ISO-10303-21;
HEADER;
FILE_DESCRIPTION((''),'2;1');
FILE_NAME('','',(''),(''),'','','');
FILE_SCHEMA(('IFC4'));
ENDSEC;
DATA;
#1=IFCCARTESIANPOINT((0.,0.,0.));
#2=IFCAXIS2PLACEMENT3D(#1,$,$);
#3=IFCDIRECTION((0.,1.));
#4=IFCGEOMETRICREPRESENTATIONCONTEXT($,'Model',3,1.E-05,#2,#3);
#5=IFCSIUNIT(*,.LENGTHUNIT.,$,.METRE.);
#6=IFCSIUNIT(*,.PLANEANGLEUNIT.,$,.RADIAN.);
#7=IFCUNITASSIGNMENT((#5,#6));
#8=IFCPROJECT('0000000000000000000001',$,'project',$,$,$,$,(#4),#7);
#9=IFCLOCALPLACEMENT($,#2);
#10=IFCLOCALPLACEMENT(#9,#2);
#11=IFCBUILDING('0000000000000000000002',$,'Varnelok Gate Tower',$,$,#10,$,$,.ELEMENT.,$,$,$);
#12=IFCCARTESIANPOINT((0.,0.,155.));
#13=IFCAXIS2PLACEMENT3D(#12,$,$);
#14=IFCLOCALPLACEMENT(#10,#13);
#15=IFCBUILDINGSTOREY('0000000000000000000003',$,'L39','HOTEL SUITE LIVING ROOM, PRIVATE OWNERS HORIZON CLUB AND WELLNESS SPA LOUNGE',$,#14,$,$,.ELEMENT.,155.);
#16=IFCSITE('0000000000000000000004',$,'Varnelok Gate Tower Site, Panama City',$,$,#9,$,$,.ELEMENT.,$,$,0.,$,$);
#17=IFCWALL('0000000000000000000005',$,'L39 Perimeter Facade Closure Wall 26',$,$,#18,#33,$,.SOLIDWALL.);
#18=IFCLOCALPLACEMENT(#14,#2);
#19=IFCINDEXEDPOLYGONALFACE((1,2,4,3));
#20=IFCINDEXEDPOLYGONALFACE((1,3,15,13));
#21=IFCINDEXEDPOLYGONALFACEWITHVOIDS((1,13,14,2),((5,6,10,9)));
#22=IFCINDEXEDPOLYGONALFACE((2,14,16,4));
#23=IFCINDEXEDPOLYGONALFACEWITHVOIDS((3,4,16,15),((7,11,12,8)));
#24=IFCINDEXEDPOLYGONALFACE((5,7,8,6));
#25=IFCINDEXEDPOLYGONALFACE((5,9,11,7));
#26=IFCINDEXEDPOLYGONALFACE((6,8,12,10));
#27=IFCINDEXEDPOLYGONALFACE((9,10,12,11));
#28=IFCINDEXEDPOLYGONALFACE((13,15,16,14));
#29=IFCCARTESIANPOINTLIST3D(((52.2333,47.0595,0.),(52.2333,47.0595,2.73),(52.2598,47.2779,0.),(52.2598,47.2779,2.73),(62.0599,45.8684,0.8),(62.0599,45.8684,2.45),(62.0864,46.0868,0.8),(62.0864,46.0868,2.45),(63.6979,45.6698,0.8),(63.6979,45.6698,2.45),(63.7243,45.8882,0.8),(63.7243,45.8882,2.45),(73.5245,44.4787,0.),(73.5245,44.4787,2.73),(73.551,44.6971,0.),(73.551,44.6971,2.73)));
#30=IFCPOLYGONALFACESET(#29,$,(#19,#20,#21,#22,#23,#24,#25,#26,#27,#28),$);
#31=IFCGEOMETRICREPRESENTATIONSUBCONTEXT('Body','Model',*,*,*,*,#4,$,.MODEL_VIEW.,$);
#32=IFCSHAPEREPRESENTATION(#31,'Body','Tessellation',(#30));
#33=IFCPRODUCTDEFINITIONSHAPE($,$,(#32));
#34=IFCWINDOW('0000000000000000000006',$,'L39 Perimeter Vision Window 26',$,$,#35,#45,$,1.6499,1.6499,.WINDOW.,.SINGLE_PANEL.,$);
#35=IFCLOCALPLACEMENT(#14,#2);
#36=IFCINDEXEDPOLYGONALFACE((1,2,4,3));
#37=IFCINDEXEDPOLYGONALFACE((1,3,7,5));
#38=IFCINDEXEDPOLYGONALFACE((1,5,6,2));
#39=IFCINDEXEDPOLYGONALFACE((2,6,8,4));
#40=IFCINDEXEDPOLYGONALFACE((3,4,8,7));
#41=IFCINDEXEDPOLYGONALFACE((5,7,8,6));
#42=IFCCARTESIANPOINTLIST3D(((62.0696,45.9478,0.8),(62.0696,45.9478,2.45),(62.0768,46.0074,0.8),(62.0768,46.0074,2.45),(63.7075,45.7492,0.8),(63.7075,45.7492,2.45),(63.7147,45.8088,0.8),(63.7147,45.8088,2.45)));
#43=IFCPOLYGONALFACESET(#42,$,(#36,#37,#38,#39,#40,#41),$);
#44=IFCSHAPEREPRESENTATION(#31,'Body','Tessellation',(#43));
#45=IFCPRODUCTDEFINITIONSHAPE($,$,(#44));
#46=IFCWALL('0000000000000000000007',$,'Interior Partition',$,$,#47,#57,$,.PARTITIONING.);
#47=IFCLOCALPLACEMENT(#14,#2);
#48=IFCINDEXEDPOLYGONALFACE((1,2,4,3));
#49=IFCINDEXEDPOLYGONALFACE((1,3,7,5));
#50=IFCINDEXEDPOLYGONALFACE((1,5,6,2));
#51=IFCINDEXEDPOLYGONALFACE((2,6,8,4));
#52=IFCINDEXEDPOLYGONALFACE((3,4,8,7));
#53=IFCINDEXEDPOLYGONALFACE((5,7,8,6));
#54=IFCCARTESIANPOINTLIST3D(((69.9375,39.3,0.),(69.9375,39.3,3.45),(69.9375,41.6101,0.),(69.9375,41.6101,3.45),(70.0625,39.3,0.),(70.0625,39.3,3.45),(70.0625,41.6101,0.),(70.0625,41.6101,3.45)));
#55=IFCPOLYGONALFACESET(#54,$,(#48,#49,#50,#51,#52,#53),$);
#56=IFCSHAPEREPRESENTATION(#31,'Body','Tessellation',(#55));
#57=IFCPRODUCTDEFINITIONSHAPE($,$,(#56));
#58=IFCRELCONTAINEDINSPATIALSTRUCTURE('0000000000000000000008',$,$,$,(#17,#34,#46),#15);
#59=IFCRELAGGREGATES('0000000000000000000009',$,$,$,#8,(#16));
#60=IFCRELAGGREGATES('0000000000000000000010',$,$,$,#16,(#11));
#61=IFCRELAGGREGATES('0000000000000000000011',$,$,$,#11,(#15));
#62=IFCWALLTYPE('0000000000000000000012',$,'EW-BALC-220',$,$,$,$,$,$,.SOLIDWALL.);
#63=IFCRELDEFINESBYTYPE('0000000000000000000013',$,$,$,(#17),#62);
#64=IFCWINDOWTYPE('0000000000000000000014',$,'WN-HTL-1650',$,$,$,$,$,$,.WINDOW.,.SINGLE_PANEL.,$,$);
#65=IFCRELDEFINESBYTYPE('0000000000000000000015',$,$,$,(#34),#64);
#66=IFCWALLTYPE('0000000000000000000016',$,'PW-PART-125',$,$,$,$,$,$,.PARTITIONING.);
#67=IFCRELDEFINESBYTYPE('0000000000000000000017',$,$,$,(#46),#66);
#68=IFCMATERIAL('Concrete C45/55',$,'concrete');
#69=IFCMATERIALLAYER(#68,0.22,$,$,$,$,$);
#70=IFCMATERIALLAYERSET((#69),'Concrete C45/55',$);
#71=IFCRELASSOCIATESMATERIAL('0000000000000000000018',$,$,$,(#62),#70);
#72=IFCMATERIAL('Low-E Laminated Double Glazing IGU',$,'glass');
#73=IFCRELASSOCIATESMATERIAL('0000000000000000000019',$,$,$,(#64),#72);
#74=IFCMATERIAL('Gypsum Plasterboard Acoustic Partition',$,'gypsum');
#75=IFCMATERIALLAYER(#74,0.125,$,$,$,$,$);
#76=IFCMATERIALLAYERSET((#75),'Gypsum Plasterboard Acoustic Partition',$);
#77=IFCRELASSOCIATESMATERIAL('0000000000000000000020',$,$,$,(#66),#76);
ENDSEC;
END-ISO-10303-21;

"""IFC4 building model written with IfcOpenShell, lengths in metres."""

from ifc_helpers import new_model, si_unit, direction, frame, frame_2d, origin, place, context, subcontext, project, spatial, rectangle, extrude, material, layer, layer_set, type_object, element, fill, save


model = new_model("IFC4")

# Units and contexts
model_context = context("Model", 3, precision=1e-05, world=origin(), true_north=direction((0.0, 1.0)))
body_context = subcontext(model_context, "Body", "Model", "MODEL_VIEW")
ifc_project = project(units=[si_unit("LENGTHUNIT", "METRE"), si_unit("PLANEANGLEUNIT", "RADIAN")], contexts=[model_context])

# Site, building, storey
site_placement = place(None, origin())
site = spatial("IfcSite", under=ifc_project, at=site_placement, Name="Varnelok Gate Tower Site, Panama City", CompositionType="ELEMENT", RefElevation=0.0)
building_placement = place(site_placement, origin())
building = spatial("IfcBuilding", under=site, at=building_placement, Name="Varnelok Gate Tower", CompositionType="ELEMENT")
storey_placement = place(building_placement, frame((0.0, 0.0, 155.0)))
storey = spatial("IfcBuildingStorey", under=building, at=storey_placement, Name="L39", Description="HOTEL SUITE LIVING ROOM, PRIVATE OWNERS HORIZON CLUB AND WELLNESS SPA LOUNGE", CompositionType="ELEMENT", Elevation=155.0)

# Shared definitions
ifc_material_1 = material(Name="Low-E Laminated Double Glazing IGU", Category="glass")

# Shared definitions
ifc_material_2 = material(Name="Concrete C45/55", Category="concrete")
ifc_layer_1 = layer(ifc_material_2, 0.22)
ifc_layer_set_1 = layer_set([ifc_layer_1], Name="Concrete C45/55")
wall_type_1 = type_object("IfcWallType", Name="EW-BALC-220", PredefinedType="SOLIDWALL", material=ifc_layer_set_1)

# Wall, opening, window
wall_1_placement = place(storey_placement, frame((73.5378, 44.5879, 0.0), z_axis=(0.0, 0.0, 1.0), x_axis=(-0.992733, 0.120334, 0.0)))
wall_1 = element("IfcWall", 1, at=wall_1_placement, inside=storey, type_object=wall_type_1, Name="L39 Perimeter Facade Closure Wall 26", PredefinedType="SOLIDWALL", context=body_context, shape_type="SweptSolid", body=[
    extrude(rectangle(XDim=21.447, YDim=0.22, at=frame_2d((10.7236, 0.0))), origin(), (0.0, 0.0, 1.0), 2.73),
])
opening_placement = place(wall_1_placement, frame((9.8987, 0.0, 0.8)))
opening = element("IfcOpeningElement", 2, at=opening_placement, cuts=wall_1, PredefinedType="OPENING", context=body_context, shape_type="SweptSolid", body=[
    extrude(rectangle(XDim=1.6499, YDim=1.6499, at=frame_2d((0.825, 0.825))), frame((0.0, 0.1199, 0.0), z_axis=(0.0, -1.0, 0.0), x_axis=(1.0, 0.0, 0.0)), (0.0, 0.0, 1.0), 0.24),
])
window_type = type_object("IfcWindowType", Name="WN-HTL-1650", PartitioningType="SINGLE_PANEL", PredefinedType="WINDOW", material=ifc_material_1)
window_placement = place(opening_placement, origin())
window = element("IfcWindow", 3, at=window_placement, inside=storey, type_object=window_type, Name="L39 Perimeter Vision Window 26", OverallHeight=1.6499, OverallWidth=1.6499, PartitioningType="SINGLE_PANEL", PredefinedType="WINDOW", context=body_context, shape_type="SweptSolid", body=[
    extrude(rectangle(XDim=1.6499, YDim=1.6499, at=frame_2d((0.825, 0.825))), frame((0.0, 0.03, 0.0), z_axis=(0.0, -1.0, 0.0), x_axis=(1.0, 0.0, 0.0)), (0.0, 0.0, 1.0), 0.0601),
])
fill(opening, window)

# Wall
ifc_material_3 = material(Name="Gypsum Plasterboard Acoustic Partition", Category="gypsum")
ifc_layer_2 = layer(ifc_material_3, 0.125)
ifc_layer_set_2 = layer_set([ifc_layer_2], Name="Gypsum Plasterboard Acoustic Partition")
wall_type_2 = type_object("IfcWallType", Name="PW-PART-125", PredefinedType="PARTITIONING", material=ifc_layer_set_2)
wall_2_placement = place(storey_placement, frame((70.0, 39.3, 0.0), z_axis=(0.0, 0.0, 1.0), x_axis=(0.0, 1.0, 0.0)))
element("IfcWall", 4, at=wall_2_placement, inside=storey, type_object=wall_type_2, Name="Interior Partition", PredefinedType="PARTITIONING", context=body_context, shape_type="SweptSolid", body=[
    extrude(rectangle(XDim=2.3101, YDim=0.125, at=frame_2d((1.155, 0.0))), origin(), (0.0, 0.0, 1.0), 3.45),
])

save(model, "model.ifc")
